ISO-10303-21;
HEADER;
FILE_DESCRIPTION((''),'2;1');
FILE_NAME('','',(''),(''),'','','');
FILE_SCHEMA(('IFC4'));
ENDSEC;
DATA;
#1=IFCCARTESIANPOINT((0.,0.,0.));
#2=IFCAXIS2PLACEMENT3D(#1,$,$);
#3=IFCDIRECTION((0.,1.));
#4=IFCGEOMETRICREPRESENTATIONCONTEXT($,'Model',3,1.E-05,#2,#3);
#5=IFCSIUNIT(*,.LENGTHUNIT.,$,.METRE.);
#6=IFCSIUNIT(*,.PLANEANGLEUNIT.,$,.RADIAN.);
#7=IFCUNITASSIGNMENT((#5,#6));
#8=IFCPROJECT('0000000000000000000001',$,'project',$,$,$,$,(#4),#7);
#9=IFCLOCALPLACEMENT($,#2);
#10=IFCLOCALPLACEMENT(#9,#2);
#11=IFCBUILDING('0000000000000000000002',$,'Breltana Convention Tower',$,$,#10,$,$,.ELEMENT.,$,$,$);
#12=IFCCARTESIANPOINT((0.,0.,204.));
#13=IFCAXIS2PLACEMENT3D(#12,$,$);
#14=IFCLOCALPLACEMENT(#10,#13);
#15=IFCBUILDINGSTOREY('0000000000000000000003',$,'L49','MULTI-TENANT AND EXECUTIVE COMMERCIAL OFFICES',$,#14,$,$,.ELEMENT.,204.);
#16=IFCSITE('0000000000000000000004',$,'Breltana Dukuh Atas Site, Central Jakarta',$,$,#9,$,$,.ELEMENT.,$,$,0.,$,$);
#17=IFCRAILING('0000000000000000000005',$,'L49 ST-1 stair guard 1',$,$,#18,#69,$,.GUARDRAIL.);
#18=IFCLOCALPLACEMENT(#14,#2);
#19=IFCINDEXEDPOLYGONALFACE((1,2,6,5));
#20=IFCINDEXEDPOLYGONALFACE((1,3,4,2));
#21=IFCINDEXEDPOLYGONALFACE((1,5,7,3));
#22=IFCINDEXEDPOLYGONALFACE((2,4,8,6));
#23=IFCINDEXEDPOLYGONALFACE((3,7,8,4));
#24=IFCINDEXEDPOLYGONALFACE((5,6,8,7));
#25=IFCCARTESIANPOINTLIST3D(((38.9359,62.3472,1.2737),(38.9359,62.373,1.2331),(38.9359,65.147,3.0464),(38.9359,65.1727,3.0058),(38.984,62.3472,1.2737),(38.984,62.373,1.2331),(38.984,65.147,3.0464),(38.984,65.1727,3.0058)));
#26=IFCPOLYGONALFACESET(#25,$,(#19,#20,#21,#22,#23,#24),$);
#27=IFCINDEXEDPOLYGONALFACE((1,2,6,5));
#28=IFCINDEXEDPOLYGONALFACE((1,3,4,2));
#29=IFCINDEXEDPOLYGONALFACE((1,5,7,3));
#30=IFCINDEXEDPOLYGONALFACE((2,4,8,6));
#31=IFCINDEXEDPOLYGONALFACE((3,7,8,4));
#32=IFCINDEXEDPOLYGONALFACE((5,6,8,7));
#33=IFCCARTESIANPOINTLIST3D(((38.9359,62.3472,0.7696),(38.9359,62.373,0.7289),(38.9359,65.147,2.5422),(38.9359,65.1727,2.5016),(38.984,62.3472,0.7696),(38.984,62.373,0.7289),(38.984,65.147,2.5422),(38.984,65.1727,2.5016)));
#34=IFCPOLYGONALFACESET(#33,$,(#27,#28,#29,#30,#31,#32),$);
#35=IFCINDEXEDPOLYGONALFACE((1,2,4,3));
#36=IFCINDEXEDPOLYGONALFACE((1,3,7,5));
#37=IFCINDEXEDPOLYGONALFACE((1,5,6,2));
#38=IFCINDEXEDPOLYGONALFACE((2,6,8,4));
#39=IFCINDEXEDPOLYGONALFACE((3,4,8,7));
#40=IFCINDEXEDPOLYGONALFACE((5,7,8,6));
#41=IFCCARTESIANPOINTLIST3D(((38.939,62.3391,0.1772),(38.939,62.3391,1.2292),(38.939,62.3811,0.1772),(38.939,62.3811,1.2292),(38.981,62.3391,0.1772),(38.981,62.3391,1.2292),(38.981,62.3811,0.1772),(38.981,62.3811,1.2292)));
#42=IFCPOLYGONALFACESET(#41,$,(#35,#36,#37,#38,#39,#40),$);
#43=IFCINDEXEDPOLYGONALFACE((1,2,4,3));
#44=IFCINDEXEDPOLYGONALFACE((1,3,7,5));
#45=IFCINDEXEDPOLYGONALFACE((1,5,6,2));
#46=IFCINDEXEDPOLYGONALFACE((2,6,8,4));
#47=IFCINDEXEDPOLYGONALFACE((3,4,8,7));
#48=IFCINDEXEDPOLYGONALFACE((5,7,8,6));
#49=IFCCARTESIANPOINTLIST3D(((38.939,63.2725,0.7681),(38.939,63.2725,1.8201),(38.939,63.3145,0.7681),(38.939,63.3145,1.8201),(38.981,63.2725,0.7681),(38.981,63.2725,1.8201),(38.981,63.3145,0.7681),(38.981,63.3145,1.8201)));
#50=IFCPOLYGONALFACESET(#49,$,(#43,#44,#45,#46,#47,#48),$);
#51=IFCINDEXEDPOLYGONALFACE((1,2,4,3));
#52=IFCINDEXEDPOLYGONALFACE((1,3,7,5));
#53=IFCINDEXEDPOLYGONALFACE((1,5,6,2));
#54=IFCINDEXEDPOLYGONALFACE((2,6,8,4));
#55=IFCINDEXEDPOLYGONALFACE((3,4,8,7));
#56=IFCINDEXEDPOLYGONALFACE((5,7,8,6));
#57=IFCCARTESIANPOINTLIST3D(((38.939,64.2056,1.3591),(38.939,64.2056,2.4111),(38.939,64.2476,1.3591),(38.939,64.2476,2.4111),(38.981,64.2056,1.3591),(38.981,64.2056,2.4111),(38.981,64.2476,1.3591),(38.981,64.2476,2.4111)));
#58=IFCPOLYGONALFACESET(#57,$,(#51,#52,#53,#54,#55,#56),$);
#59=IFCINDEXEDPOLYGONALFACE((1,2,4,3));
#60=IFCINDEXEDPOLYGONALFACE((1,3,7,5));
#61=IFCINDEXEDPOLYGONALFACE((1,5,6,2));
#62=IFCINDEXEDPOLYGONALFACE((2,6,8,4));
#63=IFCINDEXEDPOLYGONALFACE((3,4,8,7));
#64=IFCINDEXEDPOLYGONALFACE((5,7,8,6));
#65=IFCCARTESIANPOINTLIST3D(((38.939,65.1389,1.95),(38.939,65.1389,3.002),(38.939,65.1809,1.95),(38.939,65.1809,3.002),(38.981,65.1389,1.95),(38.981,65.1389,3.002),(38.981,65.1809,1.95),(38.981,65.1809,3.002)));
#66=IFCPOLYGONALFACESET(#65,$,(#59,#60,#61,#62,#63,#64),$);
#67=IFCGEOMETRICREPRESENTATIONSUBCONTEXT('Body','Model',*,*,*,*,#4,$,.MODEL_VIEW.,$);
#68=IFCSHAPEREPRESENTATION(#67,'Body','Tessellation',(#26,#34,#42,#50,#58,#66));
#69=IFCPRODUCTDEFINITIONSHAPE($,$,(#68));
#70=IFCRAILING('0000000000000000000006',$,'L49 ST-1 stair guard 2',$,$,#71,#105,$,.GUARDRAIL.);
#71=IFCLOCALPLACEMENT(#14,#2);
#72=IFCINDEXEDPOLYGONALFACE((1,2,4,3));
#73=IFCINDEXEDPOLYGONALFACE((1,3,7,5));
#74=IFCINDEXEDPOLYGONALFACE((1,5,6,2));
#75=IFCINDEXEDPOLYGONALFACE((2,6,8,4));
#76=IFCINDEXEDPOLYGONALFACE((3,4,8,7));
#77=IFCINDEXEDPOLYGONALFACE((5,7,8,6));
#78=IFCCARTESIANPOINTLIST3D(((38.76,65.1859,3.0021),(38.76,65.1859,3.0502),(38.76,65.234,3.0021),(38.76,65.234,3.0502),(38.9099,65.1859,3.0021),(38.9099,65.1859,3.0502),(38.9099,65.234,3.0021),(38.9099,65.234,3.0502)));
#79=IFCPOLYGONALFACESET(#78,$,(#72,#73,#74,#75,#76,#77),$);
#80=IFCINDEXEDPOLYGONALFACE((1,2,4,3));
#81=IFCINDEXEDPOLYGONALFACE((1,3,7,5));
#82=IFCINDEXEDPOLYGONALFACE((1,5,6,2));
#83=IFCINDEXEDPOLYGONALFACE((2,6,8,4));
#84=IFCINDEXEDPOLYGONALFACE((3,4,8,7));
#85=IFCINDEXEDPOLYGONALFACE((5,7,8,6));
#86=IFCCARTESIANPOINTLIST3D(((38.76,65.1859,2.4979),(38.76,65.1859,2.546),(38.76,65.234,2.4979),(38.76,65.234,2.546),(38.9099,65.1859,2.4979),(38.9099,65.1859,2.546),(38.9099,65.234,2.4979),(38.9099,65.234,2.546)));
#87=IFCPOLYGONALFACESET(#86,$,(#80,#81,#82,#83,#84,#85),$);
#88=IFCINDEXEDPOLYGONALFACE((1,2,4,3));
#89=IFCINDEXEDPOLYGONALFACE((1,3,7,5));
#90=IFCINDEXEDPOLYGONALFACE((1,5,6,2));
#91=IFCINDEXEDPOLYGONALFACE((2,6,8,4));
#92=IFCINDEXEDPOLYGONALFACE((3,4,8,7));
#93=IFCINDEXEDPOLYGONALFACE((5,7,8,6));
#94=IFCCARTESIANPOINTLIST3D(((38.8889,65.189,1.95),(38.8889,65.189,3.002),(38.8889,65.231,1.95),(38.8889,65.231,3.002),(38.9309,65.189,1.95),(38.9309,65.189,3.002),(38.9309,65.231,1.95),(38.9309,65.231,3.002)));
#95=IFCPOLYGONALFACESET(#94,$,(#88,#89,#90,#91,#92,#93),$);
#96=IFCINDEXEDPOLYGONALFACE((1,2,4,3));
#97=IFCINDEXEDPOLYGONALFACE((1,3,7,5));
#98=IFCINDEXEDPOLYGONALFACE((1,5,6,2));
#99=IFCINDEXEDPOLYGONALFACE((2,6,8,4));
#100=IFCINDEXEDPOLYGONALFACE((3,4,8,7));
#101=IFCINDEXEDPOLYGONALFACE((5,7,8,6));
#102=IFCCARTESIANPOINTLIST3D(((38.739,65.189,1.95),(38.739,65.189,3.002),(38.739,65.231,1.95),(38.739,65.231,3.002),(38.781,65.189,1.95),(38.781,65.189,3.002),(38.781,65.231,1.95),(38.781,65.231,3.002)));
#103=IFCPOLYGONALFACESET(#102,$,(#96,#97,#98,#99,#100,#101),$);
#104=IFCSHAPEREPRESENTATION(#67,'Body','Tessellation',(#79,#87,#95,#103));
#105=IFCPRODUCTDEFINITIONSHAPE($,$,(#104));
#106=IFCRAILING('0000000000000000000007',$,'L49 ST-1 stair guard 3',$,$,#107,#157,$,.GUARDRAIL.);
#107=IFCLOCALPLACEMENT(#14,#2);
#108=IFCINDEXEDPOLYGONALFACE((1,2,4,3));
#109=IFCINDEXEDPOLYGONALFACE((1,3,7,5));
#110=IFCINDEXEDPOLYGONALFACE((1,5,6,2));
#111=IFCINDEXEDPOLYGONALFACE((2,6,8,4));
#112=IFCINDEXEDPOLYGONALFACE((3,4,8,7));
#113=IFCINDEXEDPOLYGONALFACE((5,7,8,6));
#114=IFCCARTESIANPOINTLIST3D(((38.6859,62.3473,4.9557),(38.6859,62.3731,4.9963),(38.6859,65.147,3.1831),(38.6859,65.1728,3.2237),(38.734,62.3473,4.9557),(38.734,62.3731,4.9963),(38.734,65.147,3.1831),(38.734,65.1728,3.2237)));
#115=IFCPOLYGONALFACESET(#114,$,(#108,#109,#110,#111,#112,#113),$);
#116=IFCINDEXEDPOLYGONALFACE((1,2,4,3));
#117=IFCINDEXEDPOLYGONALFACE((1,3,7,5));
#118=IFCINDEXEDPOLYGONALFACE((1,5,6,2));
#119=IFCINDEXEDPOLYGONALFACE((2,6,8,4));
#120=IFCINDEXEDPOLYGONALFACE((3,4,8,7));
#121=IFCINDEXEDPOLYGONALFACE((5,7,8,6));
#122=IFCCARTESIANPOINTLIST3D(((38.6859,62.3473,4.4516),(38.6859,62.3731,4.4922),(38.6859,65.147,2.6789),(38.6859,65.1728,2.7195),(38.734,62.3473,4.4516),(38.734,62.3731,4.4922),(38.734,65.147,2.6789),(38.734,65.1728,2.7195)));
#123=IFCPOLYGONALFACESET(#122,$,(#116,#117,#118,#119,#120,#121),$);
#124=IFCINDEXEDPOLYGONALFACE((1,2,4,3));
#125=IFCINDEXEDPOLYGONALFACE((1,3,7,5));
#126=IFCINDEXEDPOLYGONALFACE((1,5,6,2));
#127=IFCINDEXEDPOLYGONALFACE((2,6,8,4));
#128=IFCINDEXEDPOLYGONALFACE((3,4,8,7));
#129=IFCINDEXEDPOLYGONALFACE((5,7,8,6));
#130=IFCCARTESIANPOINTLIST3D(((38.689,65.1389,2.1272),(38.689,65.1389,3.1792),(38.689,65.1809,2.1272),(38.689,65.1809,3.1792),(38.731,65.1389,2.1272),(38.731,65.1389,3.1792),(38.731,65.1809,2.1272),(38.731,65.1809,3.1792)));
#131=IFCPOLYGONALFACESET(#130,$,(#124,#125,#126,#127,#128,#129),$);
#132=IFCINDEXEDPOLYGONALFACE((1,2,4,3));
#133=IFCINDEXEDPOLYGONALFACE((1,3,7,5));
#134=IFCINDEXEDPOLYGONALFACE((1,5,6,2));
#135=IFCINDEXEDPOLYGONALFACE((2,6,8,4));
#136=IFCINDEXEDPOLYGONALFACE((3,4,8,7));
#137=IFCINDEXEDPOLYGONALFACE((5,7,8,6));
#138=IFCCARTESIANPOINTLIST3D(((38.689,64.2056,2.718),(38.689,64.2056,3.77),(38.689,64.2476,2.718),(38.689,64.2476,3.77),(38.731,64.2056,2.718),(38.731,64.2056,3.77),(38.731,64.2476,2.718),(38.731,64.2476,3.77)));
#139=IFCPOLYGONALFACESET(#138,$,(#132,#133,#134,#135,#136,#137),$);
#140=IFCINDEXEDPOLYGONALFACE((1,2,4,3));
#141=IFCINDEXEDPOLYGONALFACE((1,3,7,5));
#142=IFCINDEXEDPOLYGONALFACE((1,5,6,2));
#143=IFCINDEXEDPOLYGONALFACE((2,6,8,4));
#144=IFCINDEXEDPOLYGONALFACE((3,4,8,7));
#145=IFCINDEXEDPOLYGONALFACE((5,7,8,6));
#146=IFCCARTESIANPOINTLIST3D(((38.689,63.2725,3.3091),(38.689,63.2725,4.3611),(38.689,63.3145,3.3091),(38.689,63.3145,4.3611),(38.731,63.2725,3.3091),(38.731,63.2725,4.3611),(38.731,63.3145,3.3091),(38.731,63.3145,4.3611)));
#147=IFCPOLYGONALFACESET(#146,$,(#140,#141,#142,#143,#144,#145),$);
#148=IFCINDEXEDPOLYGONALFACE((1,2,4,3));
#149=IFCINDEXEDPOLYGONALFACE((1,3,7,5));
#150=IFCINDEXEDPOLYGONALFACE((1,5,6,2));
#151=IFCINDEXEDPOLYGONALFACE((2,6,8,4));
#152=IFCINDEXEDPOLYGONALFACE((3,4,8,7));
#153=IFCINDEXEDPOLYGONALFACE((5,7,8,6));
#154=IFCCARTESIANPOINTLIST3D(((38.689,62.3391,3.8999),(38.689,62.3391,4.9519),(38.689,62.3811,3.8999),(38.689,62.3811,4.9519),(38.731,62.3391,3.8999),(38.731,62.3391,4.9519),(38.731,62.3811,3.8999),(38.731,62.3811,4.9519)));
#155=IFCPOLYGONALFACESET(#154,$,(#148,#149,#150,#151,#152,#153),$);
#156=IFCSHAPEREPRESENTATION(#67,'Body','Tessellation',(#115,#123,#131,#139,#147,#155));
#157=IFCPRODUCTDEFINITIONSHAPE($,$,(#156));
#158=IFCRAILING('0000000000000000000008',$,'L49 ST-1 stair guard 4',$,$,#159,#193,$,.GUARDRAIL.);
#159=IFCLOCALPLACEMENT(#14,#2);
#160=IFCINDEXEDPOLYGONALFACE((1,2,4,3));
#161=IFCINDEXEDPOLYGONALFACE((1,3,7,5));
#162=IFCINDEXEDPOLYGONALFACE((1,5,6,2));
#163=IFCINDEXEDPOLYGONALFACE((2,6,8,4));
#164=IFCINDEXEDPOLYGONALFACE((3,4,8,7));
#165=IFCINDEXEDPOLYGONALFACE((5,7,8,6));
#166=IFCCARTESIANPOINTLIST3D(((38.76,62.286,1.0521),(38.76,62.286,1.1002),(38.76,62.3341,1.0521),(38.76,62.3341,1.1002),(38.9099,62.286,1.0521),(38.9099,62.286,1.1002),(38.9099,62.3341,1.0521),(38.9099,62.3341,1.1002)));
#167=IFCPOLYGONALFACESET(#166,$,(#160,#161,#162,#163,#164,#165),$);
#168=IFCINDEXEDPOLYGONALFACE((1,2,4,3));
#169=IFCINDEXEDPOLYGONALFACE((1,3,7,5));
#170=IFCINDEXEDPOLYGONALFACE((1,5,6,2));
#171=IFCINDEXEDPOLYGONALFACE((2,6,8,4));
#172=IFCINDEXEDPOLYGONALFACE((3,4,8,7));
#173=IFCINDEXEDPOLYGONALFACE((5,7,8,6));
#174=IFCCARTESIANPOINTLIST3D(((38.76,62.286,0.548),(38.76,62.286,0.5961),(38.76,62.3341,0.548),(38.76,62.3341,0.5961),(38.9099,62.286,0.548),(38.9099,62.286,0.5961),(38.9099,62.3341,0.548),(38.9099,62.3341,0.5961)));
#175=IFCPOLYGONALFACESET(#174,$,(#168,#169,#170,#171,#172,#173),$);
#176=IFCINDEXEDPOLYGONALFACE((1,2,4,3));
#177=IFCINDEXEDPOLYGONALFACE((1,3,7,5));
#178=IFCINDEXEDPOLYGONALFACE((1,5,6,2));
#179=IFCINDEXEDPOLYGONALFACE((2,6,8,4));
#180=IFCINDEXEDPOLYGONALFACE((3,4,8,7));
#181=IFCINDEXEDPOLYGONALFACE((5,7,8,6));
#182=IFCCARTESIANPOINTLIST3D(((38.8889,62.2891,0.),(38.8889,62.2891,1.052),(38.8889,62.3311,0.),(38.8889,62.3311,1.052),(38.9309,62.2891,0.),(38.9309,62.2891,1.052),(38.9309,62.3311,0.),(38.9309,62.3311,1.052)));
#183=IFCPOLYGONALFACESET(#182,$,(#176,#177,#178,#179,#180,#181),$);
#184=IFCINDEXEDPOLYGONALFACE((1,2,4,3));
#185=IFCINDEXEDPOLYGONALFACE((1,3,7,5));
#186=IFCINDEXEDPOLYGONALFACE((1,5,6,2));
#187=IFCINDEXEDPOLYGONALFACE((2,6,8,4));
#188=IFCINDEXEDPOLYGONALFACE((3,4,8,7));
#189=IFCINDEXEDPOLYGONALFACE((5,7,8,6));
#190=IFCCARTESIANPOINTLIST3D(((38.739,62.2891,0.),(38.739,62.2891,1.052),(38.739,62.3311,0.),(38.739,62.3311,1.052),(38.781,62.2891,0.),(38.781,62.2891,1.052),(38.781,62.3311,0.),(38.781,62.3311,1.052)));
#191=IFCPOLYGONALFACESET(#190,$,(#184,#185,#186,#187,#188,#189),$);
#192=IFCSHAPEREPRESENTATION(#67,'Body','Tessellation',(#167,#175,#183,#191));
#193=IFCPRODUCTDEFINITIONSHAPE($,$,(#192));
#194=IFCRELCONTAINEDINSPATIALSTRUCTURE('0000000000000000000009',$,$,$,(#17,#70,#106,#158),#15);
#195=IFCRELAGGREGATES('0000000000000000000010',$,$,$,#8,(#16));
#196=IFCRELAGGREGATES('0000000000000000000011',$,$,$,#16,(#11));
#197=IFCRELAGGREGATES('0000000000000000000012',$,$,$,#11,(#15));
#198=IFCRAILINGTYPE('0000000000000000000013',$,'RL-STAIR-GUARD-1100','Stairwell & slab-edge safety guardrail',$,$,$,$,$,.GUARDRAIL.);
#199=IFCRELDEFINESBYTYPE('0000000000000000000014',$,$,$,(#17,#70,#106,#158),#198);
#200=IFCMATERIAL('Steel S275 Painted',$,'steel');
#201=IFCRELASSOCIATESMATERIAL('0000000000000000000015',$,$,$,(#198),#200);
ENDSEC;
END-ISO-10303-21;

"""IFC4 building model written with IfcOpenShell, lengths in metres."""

from ifc_helpers import new_model, si_unit, direction, frame, origin, origin_2d, place, context, subcontext, project, spatial, rectangle, extrude, material, type_object, element, save


model = new_model("IFC4")

# Units and contexts
model_context = context("Model", 3, precision=1e-05, world=origin(), true_north=direction((0.0, 1.0)))
body_context = subcontext(model_context, "Body", "Model", "MODEL_VIEW")
ifc_project = project(units=[si_unit("LENGTHUNIT", "METRE"), si_unit("PLANEANGLEUNIT", "RADIAN")], contexts=[model_context])

# Site, building, storey
site_placement = place(None, origin())
site = spatial("IfcSite", under=ifc_project, at=site_placement, Name="Breltana Dukuh Atas Site, Central Jakarta", CompositionType="ELEMENT", RefElevation=0.0)
building_placement = place(site_placement, origin())
building = spatial("IfcBuilding", under=site, at=building_placement, Name="Breltana Convention Tower", CompositionType="ELEMENT")
storey_placement = place(building_placement, frame((0.0, 0.0, 204.0)))
storey = spatial("IfcBuildingStorey", under=building, at=storey_placement, Name="L49", Description="MULTI-TENANT AND EXECUTIVE COMMERCIAL OFFICES", CompositionType="ELEMENT", Elevation=204.0)

# Railings
ifc_material_1 = material(Name="Steel S275 Painted", Category="steel")
railing_type_1 = type_object("IfcRailingType", Name="RL-STAIR-GUARD-1100", Description="Stairwell & slab-edge safety guardrail", PredefinedType="GUARDRAIL", material=ifc_material_1)
railing_1_placement = place(storey_placement, frame((38.96, 62.3601, 0.1772)))
element("IfcRailing", 1, at=railing_1_placement, inside=storey, type_object=railing_type_1, Name="L49 ST-1 stair guard 1", PredefinedType="GUARDRAIL", context=body_context, shape_type="SweptSolid", body=[
    extrude(rectangle(XDim=0.0481, YDim=0.0481, at=origin_2d()), frame((0.0, 0.0, 1.0762), z_axis=(0.0, 0.844888, 0.534943), x_axis=(-1.0, 0.0, 0.0)), (0.0, 0.0, 1.0), 3.3137),
    extrude(rectangle(XDim=0.0481, YDim=0.0481, at=origin_2d()), frame((0.0, 0.0, 0.572), z_axis=(0.0, 0.844888, 0.534943), x_axis=(-1.0, 0.0, 0.0)), (0.0, 0.0, 1.0), 3.3137),
    extrude(rectangle(XDim=0.042, YDim=0.042, at=origin_2d()), origin(), (0.0, 0.0, 1.0), 1.052),
    extrude(rectangle(XDim=0.042, YDim=0.042, at=origin_2d()), frame((0.0, 0.9333, 0.5908)), (0.0, 0.0, 1.0), 1.052),
    extrude(rectangle(XDim=0.042, YDim=0.042, at=origin_2d()), frame((0.0, 1.8665, 1.1819)), (0.0, 0.0, 1.0), 1.052),
    extrude(rectangle(XDim=0.042, YDim=0.042, at=origin_2d()), frame((0.0, 2.7998, 1.7727)), (0.0, 0.0, 1.0), 1.052),
])
railing_2_placement = place(storey_placement, frame((38.9099, 65.21, 1.95)))
element("IfcRailing", 2, at=railing_2_placement, inside=storey, type_object=railing_type_1, Name="L49 ST-1 stair guard 2", PredefinedType="GUARDRAIL", context=body_context, shape_type="SweptSolid", body=[
    extrude(rectangle(XDim=0.0481, YDim=0.0481, at=origin_2d()), frame((0.0, 0.0, 1.0762), z_axis=(-1.0, 0.0, 0.0), x_axis=(0.0, -1.0, 0.0)), (0.0, 0.0, 1.0), 0.1499),
    extrude(rectangle(XDim=0.0481, YDim=0.0481, at=origin_2d()), frame((0.0, 0.0, 0.572), z_axis=(-1.0, 0.0, 0.0), x_axis=(0.0, -1.0, 0.0)), (0.0, 0.0, 1.0), 0.1499),
    extrude(rectangle(XDim=0.042, YDim=0.042, at=origin_2d()), origin(), (0.0, 0.0, 1.0), 1.052),
    extrude(rectangle(XDim=0.042, YDim=0.042, at=origin_2d()), frame((-0.1499, 0.0, 0.0)), (0.0, 0.0, 1.0), 1.052),
])
railing_3_placement = place(storey_placement, frame((38.71, 65.1599, 2.1272)))
element("IfcRailing", 3, at=railing_3_placement, inside=storey, type_object=railing_type_1, Name="L49 ST-1 stair guard 3", PredefinedType="GUARDRAIL", context=body_context, shape_type="SweptSolid", body=[
    extrude(rectangle(XDim=0.0481, YDim=0.0481, at=origin_2d()), frame((0.0, 0.0, 1.0762), z_axis=(0.0, -0.844888, 0.534943), x_axis=(1.0, 0.0, 0.0)), (0.0, 0.0, 1.0), 3.3137),
    extrude(rectangle(XDim=0.0481, YDim=0.0481, at=origin_2d()), frame((0.0, 0.0, 0.572), z_axis=(0.0, -0.844888, 0.534943), x_axis=(1.0, 0.0, 0.0)), (0.0, 0.0, 1.0), 3.3137),
    extrude(rectangle(XDim=0.042, YDim=0.042, at=origin_2d()), origin(), (0.0, 0.0, 1.0), 1.052),
    extrude(rectangle(XDim=0.042, YDim=0.042, at=origin_2d()), frame((0.0, -0.9333, 0.5908)), (0.0, 0.0, 1.0), 1.052),
    extrude(rectangle(XDim=0.042, YDim=0.042, at=origin_2d()), frame((0.0, -1.8665, 1.1819)), (0.0, 0.0, 1.0), 1.052),
    extrude(rectangle(XDim=0.042, YDim=0.042, at=origin_2d()), frame((0.0, -2.7998, 1.7727)), (0.0, 0.0, 1.0), 1.052),
])
railing_4_placement = place(storey_placement, frame((38.9099, 62.3101, 0.0)))
element("IfcRailing", 4, at=railing_4_placement, inside=storey, type_object=railing_type_1, Name="L49 ST-1 stair guard 4", PredefinedType="GUARDRAIL", context=body_context, shape_type="SweptSolid", body=[
    extrude(rectangle(XDim=0.0481, YDim=0.0481, at=origin_2d()), frame((0.0, 0.0, 1.0762), z_axis=(-1.0, 0.0, 0.0), x_axis=(0.0, -1.0, 0.0)), (0.0, 0.0, 1.0), 0.1499),
    extrude(rectangle(XDim=0.0481, YDim=0.0481, at=origin_2d()), frame((0.0, 0.0, 0.572), z_axis=(-1.0, 0.0, 0.0), x_axis=(0.0, -1.0, 0.0)), (0.0, 0.0, 1.0), 0.1499),
    extrude(rectangle(XDim=0.042, YDim=0.042, at=origin_2d()), origin(), (0.0, 0.0, 1.0), 1.052),
    extrude(rectangle(XDim=0.042, YDim=0.042, at=origin_2d()), frame((-0.1499, 0.0, 0.0)), (0.0, 0.0, 1.0), 1.052),
])

save(model, "model.ifc")
